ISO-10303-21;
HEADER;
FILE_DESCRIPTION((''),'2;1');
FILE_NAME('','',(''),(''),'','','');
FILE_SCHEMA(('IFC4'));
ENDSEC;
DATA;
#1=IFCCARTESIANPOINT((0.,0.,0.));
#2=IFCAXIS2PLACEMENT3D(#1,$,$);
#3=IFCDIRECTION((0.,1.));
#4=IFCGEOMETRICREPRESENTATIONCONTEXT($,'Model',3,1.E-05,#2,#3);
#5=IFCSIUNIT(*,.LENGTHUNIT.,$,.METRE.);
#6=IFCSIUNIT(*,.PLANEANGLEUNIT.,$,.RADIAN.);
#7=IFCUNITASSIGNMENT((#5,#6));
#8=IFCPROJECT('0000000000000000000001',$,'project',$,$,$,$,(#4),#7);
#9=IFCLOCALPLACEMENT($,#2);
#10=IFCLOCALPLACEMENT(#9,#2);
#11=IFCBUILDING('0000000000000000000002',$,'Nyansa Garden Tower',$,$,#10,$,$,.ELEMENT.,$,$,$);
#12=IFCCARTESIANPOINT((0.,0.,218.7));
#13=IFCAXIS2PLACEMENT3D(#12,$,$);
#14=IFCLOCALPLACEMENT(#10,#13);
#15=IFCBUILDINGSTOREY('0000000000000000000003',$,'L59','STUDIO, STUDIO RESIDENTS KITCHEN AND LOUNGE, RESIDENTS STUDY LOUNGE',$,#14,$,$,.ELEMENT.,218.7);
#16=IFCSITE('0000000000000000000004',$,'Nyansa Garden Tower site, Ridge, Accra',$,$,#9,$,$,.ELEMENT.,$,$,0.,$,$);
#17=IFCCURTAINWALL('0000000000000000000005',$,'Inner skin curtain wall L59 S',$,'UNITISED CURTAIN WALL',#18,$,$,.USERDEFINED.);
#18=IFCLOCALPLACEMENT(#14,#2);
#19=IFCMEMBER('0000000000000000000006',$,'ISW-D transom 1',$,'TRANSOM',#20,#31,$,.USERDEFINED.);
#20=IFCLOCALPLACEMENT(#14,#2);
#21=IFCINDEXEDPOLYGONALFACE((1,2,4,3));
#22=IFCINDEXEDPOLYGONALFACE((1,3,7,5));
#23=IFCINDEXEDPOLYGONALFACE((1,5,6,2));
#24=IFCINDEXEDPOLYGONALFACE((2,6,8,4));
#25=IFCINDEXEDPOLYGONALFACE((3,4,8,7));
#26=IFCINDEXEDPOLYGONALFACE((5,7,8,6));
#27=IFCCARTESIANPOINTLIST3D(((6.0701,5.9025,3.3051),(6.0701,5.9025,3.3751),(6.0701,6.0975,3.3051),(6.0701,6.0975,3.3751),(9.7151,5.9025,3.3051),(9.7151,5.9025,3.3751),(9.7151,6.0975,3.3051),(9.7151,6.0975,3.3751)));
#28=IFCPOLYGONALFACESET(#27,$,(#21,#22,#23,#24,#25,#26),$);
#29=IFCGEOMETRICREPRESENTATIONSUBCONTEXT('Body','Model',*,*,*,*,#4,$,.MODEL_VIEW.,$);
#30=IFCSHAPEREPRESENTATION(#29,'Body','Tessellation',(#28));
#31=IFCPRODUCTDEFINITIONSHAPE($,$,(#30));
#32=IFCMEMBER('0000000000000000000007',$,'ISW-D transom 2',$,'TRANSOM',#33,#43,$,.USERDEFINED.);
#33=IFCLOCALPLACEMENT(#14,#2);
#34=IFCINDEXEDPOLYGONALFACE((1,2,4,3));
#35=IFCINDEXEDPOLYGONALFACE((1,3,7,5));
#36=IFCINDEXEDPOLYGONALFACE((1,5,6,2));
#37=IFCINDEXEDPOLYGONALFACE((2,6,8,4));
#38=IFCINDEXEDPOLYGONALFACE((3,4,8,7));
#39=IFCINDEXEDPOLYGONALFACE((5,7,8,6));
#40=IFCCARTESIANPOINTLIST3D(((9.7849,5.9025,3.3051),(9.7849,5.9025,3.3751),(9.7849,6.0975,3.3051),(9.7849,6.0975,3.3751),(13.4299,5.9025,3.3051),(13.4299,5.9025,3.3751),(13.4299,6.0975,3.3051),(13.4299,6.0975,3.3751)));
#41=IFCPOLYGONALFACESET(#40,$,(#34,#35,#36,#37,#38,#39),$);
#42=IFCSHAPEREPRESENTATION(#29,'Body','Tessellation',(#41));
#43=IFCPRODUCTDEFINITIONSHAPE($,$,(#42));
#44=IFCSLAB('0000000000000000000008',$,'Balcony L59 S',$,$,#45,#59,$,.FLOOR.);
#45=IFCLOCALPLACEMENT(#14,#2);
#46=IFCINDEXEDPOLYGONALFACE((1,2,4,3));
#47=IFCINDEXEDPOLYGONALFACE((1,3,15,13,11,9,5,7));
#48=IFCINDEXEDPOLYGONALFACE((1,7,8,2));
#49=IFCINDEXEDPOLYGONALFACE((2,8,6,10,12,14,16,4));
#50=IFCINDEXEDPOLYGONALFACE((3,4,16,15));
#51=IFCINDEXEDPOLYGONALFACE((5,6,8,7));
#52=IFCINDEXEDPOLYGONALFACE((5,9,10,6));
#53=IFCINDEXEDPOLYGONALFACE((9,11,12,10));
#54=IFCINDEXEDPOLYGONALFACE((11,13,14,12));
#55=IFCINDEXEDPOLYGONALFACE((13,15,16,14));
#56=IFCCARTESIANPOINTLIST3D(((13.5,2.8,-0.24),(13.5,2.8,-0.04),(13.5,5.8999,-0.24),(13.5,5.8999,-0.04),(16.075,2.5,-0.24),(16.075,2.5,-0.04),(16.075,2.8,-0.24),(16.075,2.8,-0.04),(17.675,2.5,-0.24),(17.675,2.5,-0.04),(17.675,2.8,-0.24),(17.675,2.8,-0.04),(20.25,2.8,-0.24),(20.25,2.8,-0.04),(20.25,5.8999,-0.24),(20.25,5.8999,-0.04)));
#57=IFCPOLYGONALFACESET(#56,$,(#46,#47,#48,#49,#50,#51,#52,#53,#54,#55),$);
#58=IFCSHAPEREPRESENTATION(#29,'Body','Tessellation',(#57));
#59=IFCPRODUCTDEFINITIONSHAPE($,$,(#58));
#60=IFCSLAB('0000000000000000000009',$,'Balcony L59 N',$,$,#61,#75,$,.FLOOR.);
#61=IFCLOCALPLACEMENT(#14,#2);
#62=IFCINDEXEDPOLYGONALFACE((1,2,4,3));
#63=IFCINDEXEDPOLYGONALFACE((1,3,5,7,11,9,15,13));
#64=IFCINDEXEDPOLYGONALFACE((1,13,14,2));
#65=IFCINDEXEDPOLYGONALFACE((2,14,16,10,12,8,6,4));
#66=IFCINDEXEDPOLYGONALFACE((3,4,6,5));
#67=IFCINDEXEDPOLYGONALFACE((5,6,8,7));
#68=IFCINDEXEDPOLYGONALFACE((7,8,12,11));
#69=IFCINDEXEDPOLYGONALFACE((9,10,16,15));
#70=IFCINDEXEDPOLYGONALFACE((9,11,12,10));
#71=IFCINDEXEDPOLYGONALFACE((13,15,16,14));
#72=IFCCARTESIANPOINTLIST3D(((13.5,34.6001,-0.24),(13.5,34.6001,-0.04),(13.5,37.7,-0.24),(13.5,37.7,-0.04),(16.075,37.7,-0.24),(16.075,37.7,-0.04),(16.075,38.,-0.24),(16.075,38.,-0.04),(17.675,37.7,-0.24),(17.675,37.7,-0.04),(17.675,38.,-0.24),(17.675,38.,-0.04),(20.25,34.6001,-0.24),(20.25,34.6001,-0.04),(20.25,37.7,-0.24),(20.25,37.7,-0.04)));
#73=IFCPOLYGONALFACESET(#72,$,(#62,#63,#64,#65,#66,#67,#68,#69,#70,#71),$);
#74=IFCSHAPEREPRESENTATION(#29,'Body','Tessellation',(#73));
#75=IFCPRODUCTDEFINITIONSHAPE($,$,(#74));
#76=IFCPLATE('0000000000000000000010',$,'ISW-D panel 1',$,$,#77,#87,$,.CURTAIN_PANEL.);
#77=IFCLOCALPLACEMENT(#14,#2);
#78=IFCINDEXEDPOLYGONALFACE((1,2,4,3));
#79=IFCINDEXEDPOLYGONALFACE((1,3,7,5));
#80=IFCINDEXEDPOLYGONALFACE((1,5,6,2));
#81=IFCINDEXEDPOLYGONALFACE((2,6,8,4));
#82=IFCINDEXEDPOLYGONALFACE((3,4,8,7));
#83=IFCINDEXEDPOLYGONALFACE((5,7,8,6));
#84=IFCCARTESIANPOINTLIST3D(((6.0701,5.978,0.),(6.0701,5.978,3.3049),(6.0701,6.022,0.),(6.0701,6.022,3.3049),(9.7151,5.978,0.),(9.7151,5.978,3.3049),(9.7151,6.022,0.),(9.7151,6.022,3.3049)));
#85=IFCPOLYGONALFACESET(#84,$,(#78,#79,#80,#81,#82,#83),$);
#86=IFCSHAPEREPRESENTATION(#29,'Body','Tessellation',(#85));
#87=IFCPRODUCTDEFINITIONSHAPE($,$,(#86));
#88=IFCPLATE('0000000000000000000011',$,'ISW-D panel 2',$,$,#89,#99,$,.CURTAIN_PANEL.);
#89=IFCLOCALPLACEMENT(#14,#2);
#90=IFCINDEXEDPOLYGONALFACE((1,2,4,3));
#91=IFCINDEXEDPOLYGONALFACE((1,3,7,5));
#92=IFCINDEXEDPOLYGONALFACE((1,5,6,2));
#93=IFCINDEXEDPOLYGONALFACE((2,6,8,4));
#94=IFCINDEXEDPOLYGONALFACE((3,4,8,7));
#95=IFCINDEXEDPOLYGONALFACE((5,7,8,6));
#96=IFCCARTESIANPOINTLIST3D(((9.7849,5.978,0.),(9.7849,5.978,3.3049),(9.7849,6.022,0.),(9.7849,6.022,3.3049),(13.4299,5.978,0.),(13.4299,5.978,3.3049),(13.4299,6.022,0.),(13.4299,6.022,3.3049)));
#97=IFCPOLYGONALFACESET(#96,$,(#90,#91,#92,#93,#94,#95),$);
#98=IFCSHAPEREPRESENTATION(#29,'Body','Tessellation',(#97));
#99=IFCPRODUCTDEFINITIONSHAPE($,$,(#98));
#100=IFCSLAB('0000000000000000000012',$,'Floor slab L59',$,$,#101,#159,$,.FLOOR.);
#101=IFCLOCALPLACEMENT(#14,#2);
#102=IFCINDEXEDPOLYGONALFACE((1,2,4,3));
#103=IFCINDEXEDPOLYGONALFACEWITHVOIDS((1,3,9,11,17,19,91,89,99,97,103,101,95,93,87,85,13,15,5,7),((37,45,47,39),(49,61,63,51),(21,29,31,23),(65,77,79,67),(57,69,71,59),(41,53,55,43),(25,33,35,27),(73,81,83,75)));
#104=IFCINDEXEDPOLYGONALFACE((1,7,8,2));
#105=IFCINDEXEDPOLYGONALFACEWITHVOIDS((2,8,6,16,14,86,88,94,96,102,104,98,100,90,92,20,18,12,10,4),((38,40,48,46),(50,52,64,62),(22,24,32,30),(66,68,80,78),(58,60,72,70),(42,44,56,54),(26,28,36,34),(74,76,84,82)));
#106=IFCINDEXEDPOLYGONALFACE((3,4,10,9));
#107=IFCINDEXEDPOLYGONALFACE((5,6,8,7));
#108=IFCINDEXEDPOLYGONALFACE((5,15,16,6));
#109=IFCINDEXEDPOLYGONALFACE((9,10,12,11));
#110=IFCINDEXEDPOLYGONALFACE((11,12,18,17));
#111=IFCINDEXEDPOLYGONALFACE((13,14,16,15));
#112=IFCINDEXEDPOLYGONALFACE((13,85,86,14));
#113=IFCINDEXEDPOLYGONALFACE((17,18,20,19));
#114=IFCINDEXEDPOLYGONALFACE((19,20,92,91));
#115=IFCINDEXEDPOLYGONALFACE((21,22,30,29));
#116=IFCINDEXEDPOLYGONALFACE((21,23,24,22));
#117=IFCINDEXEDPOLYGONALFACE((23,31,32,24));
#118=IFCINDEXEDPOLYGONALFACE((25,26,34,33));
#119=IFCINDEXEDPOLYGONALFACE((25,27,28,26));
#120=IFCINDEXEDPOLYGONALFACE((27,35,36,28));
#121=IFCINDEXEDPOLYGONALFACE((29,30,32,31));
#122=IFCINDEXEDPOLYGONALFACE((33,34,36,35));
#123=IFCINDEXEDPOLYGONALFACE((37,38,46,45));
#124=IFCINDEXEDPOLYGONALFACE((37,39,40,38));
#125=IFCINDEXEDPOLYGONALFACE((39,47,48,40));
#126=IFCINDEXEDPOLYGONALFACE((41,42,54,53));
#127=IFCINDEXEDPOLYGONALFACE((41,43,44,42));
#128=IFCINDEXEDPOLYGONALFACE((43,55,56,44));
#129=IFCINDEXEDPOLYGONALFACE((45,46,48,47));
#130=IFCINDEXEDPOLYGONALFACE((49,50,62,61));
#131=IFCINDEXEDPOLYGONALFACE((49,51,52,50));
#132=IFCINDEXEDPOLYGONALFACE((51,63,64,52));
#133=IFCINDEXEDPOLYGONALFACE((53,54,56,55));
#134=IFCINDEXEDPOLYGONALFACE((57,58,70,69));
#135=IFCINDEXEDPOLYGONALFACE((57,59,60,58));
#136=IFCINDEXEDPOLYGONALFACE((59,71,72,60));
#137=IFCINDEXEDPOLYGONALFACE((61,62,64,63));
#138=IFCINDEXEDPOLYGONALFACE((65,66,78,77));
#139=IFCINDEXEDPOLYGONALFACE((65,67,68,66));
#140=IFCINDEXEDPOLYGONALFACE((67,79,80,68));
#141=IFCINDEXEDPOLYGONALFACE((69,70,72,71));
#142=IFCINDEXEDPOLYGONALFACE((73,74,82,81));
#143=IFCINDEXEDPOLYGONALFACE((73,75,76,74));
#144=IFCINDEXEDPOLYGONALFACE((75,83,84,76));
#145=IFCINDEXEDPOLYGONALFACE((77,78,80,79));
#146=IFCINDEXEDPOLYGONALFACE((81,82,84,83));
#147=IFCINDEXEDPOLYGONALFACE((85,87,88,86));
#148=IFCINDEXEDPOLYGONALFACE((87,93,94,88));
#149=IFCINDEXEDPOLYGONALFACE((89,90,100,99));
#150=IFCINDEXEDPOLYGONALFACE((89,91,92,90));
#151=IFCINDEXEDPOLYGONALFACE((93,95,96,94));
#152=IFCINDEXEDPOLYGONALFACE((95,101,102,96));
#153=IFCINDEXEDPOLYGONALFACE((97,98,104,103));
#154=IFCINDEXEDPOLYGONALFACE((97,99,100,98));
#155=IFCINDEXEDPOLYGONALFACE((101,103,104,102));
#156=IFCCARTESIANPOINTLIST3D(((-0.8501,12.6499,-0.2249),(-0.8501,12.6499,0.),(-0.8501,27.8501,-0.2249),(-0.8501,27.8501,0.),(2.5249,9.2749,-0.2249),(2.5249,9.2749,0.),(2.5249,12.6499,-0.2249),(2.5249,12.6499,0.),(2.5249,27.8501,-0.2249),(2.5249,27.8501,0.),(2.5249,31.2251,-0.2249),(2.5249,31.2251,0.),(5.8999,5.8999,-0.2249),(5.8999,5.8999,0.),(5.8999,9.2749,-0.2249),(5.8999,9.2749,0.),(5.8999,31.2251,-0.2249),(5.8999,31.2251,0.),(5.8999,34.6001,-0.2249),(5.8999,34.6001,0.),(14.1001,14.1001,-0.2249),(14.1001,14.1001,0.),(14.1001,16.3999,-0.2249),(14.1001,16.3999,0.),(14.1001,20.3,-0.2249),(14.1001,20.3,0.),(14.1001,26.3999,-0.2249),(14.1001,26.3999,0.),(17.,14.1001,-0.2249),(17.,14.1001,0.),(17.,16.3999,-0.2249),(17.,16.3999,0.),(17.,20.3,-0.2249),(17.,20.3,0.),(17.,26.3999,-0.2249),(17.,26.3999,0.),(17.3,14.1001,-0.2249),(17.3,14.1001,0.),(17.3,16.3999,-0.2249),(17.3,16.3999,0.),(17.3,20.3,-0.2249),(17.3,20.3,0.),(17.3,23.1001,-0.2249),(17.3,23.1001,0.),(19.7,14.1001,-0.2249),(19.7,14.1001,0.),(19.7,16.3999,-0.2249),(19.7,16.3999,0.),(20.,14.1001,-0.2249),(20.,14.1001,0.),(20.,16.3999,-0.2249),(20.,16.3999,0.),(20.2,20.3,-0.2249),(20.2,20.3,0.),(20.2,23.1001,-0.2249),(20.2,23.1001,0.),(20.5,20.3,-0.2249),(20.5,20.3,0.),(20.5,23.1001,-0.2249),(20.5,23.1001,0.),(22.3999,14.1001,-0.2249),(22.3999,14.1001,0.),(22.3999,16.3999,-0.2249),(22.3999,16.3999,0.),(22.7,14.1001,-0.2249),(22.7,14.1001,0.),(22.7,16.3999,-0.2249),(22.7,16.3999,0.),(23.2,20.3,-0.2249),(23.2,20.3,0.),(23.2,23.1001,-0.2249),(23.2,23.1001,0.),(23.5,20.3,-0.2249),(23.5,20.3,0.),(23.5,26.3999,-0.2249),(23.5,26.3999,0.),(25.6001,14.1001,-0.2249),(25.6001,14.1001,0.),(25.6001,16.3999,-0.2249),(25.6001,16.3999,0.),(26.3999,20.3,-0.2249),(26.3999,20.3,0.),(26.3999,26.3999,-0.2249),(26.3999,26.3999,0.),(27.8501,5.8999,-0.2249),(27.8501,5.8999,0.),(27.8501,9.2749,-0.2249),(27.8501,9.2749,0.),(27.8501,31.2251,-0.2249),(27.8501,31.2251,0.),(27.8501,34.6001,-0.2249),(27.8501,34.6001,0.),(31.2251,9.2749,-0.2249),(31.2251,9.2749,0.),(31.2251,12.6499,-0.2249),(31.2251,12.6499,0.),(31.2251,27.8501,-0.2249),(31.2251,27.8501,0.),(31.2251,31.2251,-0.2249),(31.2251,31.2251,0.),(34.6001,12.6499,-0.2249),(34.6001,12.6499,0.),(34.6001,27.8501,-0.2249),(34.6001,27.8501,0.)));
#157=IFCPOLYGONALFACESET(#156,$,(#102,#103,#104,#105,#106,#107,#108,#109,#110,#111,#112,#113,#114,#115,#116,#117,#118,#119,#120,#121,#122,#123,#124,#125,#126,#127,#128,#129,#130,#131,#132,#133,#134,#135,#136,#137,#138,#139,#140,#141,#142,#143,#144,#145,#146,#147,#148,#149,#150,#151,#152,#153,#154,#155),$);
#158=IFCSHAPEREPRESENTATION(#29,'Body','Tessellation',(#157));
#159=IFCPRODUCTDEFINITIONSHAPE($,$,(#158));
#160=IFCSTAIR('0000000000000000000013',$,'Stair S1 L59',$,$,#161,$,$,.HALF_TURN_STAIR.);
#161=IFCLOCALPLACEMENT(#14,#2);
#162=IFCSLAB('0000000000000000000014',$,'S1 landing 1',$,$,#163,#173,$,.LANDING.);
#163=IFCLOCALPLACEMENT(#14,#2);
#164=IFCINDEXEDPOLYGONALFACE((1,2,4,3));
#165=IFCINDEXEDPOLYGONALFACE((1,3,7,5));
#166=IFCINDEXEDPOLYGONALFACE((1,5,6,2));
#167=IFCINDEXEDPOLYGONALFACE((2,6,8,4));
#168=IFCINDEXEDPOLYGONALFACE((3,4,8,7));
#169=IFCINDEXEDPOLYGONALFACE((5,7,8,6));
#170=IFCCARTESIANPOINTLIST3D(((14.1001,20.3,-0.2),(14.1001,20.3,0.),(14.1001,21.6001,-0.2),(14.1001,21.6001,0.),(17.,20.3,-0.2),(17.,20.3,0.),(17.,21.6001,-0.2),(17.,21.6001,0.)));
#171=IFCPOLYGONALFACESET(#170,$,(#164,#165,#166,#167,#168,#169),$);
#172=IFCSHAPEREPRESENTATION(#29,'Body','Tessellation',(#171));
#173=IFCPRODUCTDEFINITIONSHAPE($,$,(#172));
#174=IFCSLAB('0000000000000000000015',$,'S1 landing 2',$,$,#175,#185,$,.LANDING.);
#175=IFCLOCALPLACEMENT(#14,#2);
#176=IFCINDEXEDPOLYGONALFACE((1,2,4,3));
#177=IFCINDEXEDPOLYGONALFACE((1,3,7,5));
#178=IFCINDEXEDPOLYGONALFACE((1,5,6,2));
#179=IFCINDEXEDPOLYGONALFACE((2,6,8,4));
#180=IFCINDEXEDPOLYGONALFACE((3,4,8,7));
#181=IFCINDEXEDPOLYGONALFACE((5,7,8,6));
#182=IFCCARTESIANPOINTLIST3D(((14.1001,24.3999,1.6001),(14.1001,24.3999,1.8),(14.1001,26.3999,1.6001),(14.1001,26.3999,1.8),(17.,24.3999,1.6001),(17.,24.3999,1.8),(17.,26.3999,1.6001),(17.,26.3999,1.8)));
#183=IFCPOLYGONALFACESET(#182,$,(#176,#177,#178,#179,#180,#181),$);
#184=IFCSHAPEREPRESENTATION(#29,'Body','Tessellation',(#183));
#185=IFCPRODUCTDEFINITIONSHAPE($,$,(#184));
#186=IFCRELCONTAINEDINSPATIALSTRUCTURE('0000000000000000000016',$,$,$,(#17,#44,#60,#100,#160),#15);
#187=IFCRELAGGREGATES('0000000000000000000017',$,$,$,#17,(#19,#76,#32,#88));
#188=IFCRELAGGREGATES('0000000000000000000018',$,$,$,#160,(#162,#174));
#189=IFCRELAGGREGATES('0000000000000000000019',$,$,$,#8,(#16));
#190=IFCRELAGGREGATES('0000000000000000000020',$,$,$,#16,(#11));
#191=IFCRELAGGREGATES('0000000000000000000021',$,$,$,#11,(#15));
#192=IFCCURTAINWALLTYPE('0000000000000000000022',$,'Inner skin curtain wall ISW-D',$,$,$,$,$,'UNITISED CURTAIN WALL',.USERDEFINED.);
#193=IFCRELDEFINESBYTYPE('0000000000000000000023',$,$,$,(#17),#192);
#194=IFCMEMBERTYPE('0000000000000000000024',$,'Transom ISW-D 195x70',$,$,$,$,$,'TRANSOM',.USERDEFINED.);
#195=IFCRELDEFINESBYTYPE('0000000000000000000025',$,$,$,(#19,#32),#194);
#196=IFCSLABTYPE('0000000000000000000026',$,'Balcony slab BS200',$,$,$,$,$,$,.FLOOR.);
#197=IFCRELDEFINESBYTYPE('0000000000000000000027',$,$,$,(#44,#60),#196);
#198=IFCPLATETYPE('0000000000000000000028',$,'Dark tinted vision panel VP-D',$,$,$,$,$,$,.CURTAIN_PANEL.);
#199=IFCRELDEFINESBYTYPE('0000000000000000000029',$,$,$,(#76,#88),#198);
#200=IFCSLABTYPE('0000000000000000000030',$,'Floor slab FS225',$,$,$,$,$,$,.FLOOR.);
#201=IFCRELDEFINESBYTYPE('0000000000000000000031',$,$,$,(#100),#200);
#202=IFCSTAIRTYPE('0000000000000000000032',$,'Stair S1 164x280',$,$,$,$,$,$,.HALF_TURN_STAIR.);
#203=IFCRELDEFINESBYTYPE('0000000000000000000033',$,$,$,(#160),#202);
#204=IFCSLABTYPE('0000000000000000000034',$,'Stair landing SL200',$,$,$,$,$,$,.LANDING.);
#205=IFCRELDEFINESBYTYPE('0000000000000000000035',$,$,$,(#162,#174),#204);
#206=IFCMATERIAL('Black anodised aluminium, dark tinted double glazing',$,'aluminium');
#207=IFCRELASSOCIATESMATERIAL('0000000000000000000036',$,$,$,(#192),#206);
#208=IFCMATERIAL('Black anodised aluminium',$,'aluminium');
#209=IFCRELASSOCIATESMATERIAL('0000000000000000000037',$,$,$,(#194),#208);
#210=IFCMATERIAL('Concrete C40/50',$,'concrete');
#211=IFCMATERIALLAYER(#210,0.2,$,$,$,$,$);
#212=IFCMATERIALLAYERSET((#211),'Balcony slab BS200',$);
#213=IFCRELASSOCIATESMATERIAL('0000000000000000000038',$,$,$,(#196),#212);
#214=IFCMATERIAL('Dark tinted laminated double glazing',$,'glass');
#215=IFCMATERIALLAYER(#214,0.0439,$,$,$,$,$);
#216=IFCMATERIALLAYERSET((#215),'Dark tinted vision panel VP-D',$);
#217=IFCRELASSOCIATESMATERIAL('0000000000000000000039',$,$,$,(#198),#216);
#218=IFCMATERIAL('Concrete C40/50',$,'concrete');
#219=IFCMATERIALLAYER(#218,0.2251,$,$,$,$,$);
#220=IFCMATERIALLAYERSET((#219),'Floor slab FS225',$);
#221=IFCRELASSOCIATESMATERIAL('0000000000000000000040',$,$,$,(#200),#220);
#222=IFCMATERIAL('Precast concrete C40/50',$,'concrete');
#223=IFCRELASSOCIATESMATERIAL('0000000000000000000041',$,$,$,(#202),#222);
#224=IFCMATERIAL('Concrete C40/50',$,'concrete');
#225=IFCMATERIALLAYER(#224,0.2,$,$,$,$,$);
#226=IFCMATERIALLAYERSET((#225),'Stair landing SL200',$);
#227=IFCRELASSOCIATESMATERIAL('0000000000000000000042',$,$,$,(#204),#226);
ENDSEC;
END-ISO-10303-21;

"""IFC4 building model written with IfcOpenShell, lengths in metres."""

from ifc_helpers import new_model, si_unit, direction, frame, origin, origin_2d, place, context, subcontext, project, spatial, polyline, rectangle, outline, extrude, material, layer, layer_set, material_profile, profile_set, type_object, element, aggregate, save


model = new_model("IFC4")

# Units and contexts
model_context = context("Model", 3, precision=1e-05, world=origin(), true_north=direction((0.0, 1.0)))
body_context = subcontext(model_context, "Body", "Model", "MODEL_VIEW")
ifc_project = project(units=[si_unit("LENGTHUNIT", "METRE"), si_unit("PLANEANGLEUNIT", "RADIAN")], contexts=[model_context])

# Site, building, storey
site_placement = place(None, origin())
site = spatial("IfcSite", under=ifc_project, at=site_placement, Name="Nyansa Garden Tower site, Ridge, Accra", CompositionType="ELEMENT", RefElevation=0.0)
building_placement = place(site_placement, origin())
building = spatial("IfcBuilding", under=site, at=building_placement, Name="Nyansa Garden Tower", CompositionType="ELEMENT")
storey_placement = place(building_placement, frame((0.0, 0.0, 218.7)))
storey = spatial("IfcBuildingStorey", under=building, at=storey_placement, Name="L59", Description="STUDIO, STUDIO RESIDENTS KITCHEN AND LOUNGE, RESIDENTS STUDY LOUNGE", CompositionType="ELEMENT", Elevation=218.7)

# Curtain wall
ifc_material_1 = material(Name="Black anodised aluminium, dark tinted double glazing", Category="aluminium")
curtain_wall_type = type_object("IfcCurtainWallType", Name="Inner skin curtain wall ISW-D", ElementType="UNITISED CURTAIN WALL", PredefinedType="USERDEFINED", material=ifc_material_1)
curtain_wall_placement = place(storey_placement, origin())
curtain_wall = element("IfcCurtainWall", 1, at=curtain_wall_placement, inside=storey, type_object=curtain_wall_type, Name="Inner skin curtain wall L59 S", ObjectType="UNITISED CURTAIN WALL", PredefinedType="USERDEFINED")

# Members
ifc_material_2 = material(Name="Black anodised aluminium", Category="aluminium")
ifc_material_profile_1 = material_profile(ifc_material_2, rectangle(XDim=0.1951, YDim=0.0701, at=origin_2d()), Name="Transom 195x70")
ifc_profile_set_1 = profile_set([ifc_material_profile_1], Name="Black anodised aluminium")
member_type_1 = type_object("IfcMemberType", Name="Transom ISW-D 195x70", ElementType="TRANSOM", PredefinedType="USERDEFINED", material=ifc_profile_set_1)
member_1_placement = place(storey_placement, frame((6.0701, 6.0, 3.3401), z_axis=(1.0, 0.0, 0.0), x_axis=(0.0, 1.0, 0.0)))
member_1 = element("IfcMember", 2, at=member_1_placement, type_object=member_type_1, Name="ISW-D transom 1", ObjectType="TRANSOM", PredefinedType="USERDEFINED", context=body_context, shape_type="SweptSolid", body=[
    extrude(rectangle(XDim=0.1951, YDim=0.0701, at=origin_2d()), origin(), (0.0, 0.0, 1.0), 3.645),
])
member_2_placement = place(storey_placement, frame((9.7849, 6.0, 3.3401), z_axis=(1.0, 0.0, 0.0), x_axis=(0.0, 1.0, 0.0)))
member_2 = element("IfcMember", 3, at=member_2_placement, type_object=member_type_1, Name="ISW-D transom 2", ObjectType="TRANSOM", PredefinedType="USERDEFINED", context=body_context, shape_type="SweptSolid", body=[
    extrude(rectangle(XDim=0.1951, YDim=0.0701, at=origin_2d()), origin(), (0.0, 0.0, 1.0), 3.645),
])

# Slabs
ifc_material_3 = material(Name="Concrete C40/50", Category="concrete")
ifc_layer_1 = layer(ifc_material_3, 0.2)
ifc_layer_set_1 = layer_set([ifc_layer_1], Name="Balcony slab BS200")
slab_type_1 = type_object("IfcSlabType", Name="Balcony slab BS200", PredefinedType="FLOOR", material=ifc_layer_set_1)
slab_1_placement = place(storey_placement, frame((0.0, 0.0, -0.24)))
element("IfcSlab", 4, at=slab_1_placement, inside=storey, type_object=slab_type_1, Name="Balcony L59 S", PredefinedType="FLOOR", context=body_context, shape_type="SweptSolid", body=[
    extrude(outline(polyline([(13.5, 5.8999), (20.25, 5.8999), (20.25, 2.8), (17.675, 2.8), (17.675, 2.5), (16.075, 2.5), (16.075, 2.8), (13.5, 2.8), (13.5, 5.8999)])), origin(), (0.0, 0.0, 1.0), 0.2),
])
slab_2_placement = place(storey_placement, frame((0.0, 0.0, -0.24)))
element("IfcSlab", 5, at=slab_2_placement, inside=storey, type_object=slab_type_1, Name="Balcony L59 N", PredefinedType="FLOOR", context=body_context, shape_type="SweptSolid", body=[
    extrude(outline(polyline([(13.5, 34.6001), (20.25, 34.6001), (20.25, 37.7), (17.675, 37.7), (17.675, 38.0), (16.075, 38.0), (16.075, 37.7), (13.5, 37.7), (13.5, 34.6001)])), origin(), (0.0, 0.0, 1.0), 0.2),
])

# Plates
ifc_material_4 = material(Name="Dark tinted laminated double glazing", Category="glass")
ifc_layer_2 = layer(ifc_material_4, 0.0439)
ifc_layer_set_2 = layer_set([ifc_layer_2], Name="Dark tinted vision panel VP-D")
plate_type = type_object("IfcPlateType", Name="Dark tinted vision panel VP-D", PredefinedType="CURTAIN_PANEL", material=ifc_layer_set_2)
plate_1_placement = place(storey_placement, frame((7.8926, 6.0, 0.0), z_axis=(0.0, 0.0, 1.0), x_axis=(1.0, 0.0, 0.0)))
plate_1 = element("IfcPlate", 6, at=plate_1_placement, type_object=plate_type, Name="ISW-D panel 1", PredefinedType="CURTAIN_PANEL", context=body_context, shape_type="SweptSolid", body=[
    extrude(rectangle(XDim=3.645, YDim=0.0439, at=origin_2d()), origin(), (0.0, 0.0, 1.0), 3.3049),
])
plate_2_placement = place(storey_placement, frame((11.6074, 6.0, 0.0), z_axis=(0.0, 0.0, 1.0), x_axis=(1.0, 0.0, 0.0)))
plate_2 = element("IfcPlate", 7, at=plate_2_placement, type_object=plate_type, Name="ISW-D panel 2", PredefinedType="CURTAIN_PANEL", context=body_context, shape_type="SweptSolid", body=[
    extrude(rectangle(XDim=3.645, YDim=0.0439, at=origin_2d()), origin(), (0.0, 0.0, 1.0), 3.3049),
])
aggregate(curtain_wall, [member_1, plate_1, member_2, plate_2])

# Slab
ifc_material_5 = material(Name="Concrete C40/50", Category="concrete")
ifc_layer_3 = layer(ifc_material_5, 0.2251)
ifc_layer_set_3 = layer_set([ifc_layer_3], Name="Floor slab FS225")
slab_type_2 = type_object("IfcSlabType", Name="Floor slab FS225", PredefinedType="FLOOR", material=ifc_layer_set_3)
slab_3_placement = place(storey_placement, frame((0.0, 0.0, -0.2249)))
element("IfcSlab", 8, at=slab_3_placement, inside=storey, type_object=slab_type_2, Name="Floor slab L59", PredefinedType="FLOOR", context=body_context, shape_type="SweptSolid", body=[
    extrude(outline(polyline([(34.6001, 12.6499), (31.2251, 12.6499), (31.2251, 9.2749), (27.8501, 9.2749), (27.8501, 5.8999), (5.8999, 5.8999), (5.8999, 9.2749), (2.5249, 9.2749), (2.5249, 12.6499), (-0.8501, 12.6499), (-0.8501, 27.8501), (2.5249, 27.8501), (2.5249, 31.2251), (5.8999, 31.2251), (5.8999, 34.6001), (27.8501, 34.6001), (27.8501, 31.2251), (31.2251, 31.2251), (31.2251, 27.8501), (34.6001, 27.8501), (34.6001, 12.6499)]), holes=[polyline([(14.1001, 14.1001), (17.0, 14.1001), (17.0, 16.3999), (14.1001, 16.3999), (14.1001, 14.1001)]), polyline([(17.3, 14.1001), (19.7, 14.1001), (19.7, 16.3999), (17.3, 16.3999), (17.3, 14.1001)]), polyline([(20.0, 14.1001), (22.3999, 14.1001), (22.3999, 16.3999), (20.0, 16.3999), (20.0, 14.1001)]), polyline([(22.7, 14.1001), (25.6001, 14.1001), (25.6001, 16.3999), (22.7, 16.3999), (22.7, 14.1001)]), polyline([(17.3, 20.3), (20.2, 20.3), (20.2, 23.1001), (17.3, 23.1001), (17.3, 20.3)]), polyline([(20.5, 20.3), (23.2, 20.3), (23.2, 23.1001), (20.5, 23.1001), (20.5, 20.3)]), polyline([(14.1001, 20.3), (17.0, 20.3), (17.0, 26.3999), (14.1001, 26.3999), (14.1001, 20.3)]), polyline([(23.5, 20.3), (26.3999, 20.3), (26.3999, 26.3999), (23.5, 26.3999), (23.5, 20.3)])]), origin(), (0.0, 0.0, 1.0), 0.2249),
])

# Stair, slabs
ifc_material_6 = material(Name="Precast concrete C40/50", Category="concrete")
stair_type_1 = type_object("IfcStairType", Name="Stair S1 164x280", PredefinedType="HALF_TURN_STAIR", material=ifc_material_6)
stair_1_placement = place(storey_placement, origin())
stair_1 = element("IfcStair", 9, at=stair_1_placement, inside=storey, type_object=stair_type_1, Name="Stair S1 L59", PredefinedType="HALF_TURN_STAIR")
ifc_material_7 = material(Name="Concrete C40/50", Category="concrete")
ifc_layer_4 = layer(ifc_material_7, 0.2)
ifc_layer_set_4 = layer_set([ifc_layer_4], Name="Stair landing SL200")
slab_type_3 = type_object("IfcSlabType", Name="Stair landing SL200", PredefinedType="LANDING", material=ifc_layer_set_4)
slab_4_placement = place(storey_placement, frame((0.0, 0.0, -0.2)))
slab_4 = element("IfcSlab", 10, at=slab_4_placement, type_object=slab_type_3, Name="S1 landing 1", PredefinedType="LANDING", context=body_context, shape_type="SweptSolid", body=[
    extrude(outline(polyline([(14.1001, 20.3), (17.0, 20.3), (17.0, 21.6001), (14.1001, 21.6001), (14.1001, 20.3)])), origin(), (0.0, 0.0, 1.0), 0.2),
])
slab_5_placement = place(storey_placement, frame((0.0, 0.0, 1.6001)))
slab_5 = element("IfcSlab", 11, at=slab_5_placement, type_object=slab_type_3, Name="S1 landing 2", PredefinedType="LANDING", context=body_context, shape_type="SweptSolid", body=[
    extrude(outline(polyline([(14.1001, 24.3999), (17.0, 24.3999), (17.0, 26.3999), (14.1001, 26.3999), (14.1001, 24.3999)])), origin(), (0.0, 0.0, 1.0), 0.2),
])
aggregate(stair_1, [slab_4, slab_5])

save(model, "model.ifc")
